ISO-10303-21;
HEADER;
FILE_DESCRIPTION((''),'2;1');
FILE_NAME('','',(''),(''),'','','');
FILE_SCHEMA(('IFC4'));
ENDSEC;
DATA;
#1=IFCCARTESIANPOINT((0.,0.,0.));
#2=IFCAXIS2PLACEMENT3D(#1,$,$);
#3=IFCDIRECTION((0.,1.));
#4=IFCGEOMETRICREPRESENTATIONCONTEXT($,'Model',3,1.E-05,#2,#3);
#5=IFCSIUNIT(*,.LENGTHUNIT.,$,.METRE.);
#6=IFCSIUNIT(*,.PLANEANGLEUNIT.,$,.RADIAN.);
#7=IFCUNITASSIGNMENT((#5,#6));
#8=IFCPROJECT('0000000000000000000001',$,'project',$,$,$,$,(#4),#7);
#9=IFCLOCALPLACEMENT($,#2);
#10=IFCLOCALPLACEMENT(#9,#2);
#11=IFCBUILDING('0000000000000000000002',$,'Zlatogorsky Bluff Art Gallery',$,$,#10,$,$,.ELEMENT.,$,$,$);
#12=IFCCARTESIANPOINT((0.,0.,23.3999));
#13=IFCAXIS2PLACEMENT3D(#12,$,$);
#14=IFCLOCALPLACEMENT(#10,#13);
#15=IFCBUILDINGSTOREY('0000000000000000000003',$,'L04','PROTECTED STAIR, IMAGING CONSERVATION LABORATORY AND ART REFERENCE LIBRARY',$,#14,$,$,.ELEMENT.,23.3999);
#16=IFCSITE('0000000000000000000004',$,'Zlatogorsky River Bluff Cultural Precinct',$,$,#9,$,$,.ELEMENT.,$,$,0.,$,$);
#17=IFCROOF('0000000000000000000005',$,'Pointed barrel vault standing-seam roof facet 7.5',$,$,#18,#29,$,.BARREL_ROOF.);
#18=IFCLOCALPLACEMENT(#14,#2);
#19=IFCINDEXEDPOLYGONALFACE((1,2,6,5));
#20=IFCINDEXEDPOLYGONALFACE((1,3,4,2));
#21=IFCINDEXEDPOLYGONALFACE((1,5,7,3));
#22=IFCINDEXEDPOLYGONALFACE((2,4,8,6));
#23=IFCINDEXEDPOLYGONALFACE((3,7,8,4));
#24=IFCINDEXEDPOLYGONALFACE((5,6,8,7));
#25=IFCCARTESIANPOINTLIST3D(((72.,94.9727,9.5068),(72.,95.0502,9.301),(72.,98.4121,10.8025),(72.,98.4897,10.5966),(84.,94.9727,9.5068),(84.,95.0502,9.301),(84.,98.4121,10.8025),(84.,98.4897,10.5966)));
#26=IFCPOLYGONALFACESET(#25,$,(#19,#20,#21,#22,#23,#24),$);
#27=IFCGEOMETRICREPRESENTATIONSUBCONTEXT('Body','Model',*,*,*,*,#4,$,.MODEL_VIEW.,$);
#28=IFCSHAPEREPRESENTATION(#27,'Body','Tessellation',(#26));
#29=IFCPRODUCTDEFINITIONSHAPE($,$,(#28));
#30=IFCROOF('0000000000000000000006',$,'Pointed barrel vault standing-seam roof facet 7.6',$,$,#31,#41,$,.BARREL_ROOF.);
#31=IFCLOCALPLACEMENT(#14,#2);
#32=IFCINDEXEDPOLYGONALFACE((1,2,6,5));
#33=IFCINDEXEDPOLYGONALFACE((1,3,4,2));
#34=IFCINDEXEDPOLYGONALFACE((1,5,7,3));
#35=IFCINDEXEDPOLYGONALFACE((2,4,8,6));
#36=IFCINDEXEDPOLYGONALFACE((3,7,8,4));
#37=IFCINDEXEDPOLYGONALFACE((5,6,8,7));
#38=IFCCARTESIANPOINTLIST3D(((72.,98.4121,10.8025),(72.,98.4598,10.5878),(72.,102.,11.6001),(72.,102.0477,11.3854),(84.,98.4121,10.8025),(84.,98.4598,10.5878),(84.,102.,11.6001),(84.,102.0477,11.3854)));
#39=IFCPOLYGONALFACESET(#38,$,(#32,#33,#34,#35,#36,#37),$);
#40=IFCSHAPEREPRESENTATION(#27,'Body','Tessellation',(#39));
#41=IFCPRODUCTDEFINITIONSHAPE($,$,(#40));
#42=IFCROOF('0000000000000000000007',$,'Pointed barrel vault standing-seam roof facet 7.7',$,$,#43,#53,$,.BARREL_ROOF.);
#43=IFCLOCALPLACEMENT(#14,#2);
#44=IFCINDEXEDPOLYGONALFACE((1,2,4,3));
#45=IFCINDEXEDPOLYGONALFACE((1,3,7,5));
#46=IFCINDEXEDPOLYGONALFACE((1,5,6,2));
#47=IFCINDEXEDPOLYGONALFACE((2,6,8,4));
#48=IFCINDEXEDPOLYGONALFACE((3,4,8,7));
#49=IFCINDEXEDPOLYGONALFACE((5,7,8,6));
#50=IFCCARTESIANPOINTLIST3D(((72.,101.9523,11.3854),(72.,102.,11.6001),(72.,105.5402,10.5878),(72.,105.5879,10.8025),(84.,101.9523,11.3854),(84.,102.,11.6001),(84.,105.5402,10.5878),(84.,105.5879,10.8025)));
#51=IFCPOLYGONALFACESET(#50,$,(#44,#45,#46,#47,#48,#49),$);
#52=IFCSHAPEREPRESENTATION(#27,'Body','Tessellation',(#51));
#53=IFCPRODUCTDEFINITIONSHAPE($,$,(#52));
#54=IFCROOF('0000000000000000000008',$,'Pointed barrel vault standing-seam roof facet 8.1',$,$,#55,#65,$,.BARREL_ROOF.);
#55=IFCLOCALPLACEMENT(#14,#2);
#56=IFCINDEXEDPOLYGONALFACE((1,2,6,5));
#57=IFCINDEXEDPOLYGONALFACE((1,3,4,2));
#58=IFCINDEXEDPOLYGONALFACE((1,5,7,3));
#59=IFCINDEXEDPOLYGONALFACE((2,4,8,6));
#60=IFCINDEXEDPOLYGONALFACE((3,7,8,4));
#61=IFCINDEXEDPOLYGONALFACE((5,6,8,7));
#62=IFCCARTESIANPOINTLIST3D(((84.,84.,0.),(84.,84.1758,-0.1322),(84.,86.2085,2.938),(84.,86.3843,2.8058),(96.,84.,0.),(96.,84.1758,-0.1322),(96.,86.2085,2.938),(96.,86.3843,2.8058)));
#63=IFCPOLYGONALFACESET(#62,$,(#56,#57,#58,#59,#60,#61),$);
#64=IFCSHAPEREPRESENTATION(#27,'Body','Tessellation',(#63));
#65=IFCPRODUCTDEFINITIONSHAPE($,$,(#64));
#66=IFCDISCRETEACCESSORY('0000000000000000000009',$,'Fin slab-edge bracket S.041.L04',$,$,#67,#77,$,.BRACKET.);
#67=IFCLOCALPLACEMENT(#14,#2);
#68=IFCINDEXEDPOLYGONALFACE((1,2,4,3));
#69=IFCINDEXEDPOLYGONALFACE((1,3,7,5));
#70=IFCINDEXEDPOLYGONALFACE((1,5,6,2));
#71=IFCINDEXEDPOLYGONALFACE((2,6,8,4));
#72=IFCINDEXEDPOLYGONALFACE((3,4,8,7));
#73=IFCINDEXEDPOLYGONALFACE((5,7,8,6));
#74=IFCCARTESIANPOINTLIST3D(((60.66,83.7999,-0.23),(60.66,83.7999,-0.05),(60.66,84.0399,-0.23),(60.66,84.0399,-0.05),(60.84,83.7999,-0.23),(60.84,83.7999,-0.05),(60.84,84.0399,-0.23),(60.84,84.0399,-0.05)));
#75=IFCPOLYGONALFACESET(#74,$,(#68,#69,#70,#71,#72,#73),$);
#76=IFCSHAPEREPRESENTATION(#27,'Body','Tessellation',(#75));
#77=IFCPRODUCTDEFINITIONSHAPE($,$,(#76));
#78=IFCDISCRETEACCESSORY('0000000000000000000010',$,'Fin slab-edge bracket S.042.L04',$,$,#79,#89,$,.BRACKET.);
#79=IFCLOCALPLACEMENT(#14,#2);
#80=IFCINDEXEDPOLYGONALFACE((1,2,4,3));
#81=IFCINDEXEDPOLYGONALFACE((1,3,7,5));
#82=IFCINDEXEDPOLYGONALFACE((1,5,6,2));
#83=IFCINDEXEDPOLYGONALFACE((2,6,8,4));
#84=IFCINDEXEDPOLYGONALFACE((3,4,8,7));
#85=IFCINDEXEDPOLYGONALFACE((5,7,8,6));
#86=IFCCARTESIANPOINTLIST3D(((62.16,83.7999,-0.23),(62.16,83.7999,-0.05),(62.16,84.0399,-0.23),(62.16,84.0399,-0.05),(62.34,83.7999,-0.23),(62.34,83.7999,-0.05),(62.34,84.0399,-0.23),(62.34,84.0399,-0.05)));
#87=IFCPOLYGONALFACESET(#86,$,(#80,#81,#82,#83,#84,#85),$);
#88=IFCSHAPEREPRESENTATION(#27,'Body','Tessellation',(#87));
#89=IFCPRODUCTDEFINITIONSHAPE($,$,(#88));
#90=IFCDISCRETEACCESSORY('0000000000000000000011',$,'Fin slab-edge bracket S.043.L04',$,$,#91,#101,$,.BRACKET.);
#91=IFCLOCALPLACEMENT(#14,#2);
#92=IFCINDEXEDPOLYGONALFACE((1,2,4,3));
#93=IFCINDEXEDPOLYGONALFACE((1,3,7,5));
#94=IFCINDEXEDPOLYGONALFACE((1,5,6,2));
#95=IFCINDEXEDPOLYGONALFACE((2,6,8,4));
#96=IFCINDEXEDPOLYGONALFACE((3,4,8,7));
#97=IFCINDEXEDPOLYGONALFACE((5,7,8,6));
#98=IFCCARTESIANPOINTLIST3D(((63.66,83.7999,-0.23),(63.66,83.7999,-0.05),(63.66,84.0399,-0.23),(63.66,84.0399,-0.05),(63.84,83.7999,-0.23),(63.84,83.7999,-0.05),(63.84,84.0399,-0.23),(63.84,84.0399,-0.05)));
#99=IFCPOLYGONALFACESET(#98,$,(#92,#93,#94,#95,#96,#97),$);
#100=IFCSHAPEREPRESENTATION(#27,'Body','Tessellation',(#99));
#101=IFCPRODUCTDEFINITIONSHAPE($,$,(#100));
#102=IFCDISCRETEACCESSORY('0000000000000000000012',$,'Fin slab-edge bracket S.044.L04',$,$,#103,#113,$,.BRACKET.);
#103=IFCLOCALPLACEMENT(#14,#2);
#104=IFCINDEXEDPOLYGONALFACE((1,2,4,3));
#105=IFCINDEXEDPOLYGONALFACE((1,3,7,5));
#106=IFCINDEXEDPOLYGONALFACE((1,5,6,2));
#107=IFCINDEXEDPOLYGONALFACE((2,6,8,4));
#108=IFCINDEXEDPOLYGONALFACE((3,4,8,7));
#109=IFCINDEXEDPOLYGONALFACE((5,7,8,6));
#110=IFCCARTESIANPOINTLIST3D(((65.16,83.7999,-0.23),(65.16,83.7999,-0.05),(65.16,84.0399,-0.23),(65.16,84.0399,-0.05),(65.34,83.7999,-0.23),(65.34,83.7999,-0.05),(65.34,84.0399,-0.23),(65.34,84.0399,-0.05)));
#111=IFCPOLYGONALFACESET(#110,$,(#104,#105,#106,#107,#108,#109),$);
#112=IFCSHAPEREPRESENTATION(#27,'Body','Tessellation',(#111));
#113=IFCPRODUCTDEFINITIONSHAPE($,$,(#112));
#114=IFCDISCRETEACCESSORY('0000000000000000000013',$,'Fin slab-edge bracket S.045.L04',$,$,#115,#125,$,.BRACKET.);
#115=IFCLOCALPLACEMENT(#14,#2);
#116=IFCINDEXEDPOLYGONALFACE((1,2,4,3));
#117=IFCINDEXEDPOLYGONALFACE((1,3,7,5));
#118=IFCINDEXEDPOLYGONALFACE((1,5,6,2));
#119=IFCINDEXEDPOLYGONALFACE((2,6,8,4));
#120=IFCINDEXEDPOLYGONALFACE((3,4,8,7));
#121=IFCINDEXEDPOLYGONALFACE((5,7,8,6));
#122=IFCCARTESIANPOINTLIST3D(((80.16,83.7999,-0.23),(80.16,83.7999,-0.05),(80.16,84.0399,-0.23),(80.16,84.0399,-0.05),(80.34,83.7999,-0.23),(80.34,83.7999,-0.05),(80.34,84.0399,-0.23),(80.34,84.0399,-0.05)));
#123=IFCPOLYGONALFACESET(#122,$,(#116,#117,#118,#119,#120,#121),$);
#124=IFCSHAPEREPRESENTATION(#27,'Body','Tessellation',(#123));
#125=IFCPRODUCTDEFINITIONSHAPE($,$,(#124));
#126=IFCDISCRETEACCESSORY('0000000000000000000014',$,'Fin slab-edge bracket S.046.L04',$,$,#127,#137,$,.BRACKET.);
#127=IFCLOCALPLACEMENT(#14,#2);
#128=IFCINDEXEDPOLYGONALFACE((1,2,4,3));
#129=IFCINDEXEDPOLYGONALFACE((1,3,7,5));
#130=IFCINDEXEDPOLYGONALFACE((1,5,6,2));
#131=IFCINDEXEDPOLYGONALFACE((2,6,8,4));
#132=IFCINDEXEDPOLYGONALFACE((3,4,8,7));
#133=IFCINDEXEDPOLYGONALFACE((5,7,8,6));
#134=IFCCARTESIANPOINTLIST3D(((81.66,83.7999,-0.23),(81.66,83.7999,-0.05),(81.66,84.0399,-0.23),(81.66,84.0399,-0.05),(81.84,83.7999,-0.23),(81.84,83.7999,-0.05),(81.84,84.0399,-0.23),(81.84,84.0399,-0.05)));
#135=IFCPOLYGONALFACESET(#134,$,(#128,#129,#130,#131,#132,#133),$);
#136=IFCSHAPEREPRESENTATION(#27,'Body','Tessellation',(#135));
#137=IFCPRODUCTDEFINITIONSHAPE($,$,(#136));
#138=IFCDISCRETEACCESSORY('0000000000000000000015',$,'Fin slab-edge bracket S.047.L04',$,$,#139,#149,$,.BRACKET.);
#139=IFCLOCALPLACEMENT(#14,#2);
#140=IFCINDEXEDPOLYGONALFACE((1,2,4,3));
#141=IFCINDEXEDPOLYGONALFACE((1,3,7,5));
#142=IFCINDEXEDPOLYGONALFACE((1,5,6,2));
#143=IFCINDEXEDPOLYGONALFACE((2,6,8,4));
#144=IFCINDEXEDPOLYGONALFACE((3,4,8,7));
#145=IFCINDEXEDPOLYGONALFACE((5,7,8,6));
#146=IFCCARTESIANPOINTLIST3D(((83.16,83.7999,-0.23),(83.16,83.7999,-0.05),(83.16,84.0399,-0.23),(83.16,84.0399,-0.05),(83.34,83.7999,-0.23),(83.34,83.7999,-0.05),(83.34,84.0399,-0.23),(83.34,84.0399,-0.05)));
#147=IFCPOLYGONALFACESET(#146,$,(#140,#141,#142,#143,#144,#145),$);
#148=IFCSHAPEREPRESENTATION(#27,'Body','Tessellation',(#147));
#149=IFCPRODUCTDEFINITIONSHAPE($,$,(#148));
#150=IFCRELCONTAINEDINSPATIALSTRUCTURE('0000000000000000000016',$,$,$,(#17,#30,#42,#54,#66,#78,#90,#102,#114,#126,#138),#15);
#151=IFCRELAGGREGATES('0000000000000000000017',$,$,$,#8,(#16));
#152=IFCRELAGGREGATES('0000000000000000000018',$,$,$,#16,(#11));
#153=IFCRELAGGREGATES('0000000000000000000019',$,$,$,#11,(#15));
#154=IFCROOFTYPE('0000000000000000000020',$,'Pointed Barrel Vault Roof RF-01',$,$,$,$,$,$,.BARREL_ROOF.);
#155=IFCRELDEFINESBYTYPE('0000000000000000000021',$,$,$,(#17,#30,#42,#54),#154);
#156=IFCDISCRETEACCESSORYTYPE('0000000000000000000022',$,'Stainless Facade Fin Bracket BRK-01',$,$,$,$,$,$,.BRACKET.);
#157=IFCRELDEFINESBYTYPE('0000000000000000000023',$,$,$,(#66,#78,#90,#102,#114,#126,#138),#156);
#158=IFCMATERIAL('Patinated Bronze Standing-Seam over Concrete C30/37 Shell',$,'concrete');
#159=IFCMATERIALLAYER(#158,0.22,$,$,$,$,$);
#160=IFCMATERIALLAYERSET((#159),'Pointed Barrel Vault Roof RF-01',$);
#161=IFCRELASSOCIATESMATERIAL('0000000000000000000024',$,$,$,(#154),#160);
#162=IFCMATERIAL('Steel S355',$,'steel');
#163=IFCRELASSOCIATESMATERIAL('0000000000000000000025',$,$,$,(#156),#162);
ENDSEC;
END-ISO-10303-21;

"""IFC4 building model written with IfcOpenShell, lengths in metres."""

from ifc_helpers import new_model, si_unit, direction, frame, origin, origin_2d, place, context, subcontext, project, spatial, polyline, rectangle, outline, extrude, material, layer, layer_set, type_object, element, save


model = new_model("IFC4")

# Units and contexts
model_context = context("Model", 3, precision=1e-05, world=origin(), true_north=direction((0.0, 1.0)))
body_context = subcontext(model_context, "Body", "Model", "MODEL_VIEW")
ifc_project = project(units=[si_unit("LENGTHUNIT", "METRE"), si_unit("PLANEANGLEUNIT", "RADIAN")], contexts=[model_context])

# Site, building, storey
site_placement = place(None, origin())
site = spatial("IfcSite", under=ifc_project, at=site_placement, Name="Zlatogorsky River Bluff Cultural Precinct", CompositionType="ELEMENT", RefElevation=0.0)
building_placement = place(site_placement, origin())
building = spatial("IfcBuilding", under=site, at=building_placement, Name="Zlatogorsky Bluff Art Gallery", CompositionType="ELEMENT")
storey_placement = place(building_placement, frame((0.0, 0.0, 23.3999)))
storey = spatial("IfcBuildingStorey", under=building, at=storey_placement, Name="L04", Description="PROTECTED STAIR, IMAGING CONSERVATION LABORATORY AND ART REFERENCE LIBRARY", CompositionType="ELEMENT", Elevation=23.3999)

# Shared definitions
ifc_material_1 = material(Name="Steel S355", Category="steel")

# Roofs
ifc_material_2 = material(Name="Patinated Bronze Standing-Seam over Concrete C30/37 Shell", Category="concrete")
ifc_layer_1 = layer(ifc_material_2, 0.22)
ifc_layer_set_1 = layer_set([ifc_layer_1], Name="Pointed Barrel Vault Roof RF-01")
roof_type = type_object("IfcRoofType", Name="Pointed Barrel Vault Roof RF-01", PredefinedType="BARREL_ROOF", material=ifc_layer_set_1)
roof_1_placement = place(storey_placement, frame((72.0, 94.9727, 9.5068), z_axis=(0.0, -0.352521, 0.935804), x_axis=(1.0, 0.0, 0.0)))
element("IfcRoof", 1, at=roof_1_placement, inside=storey, type_object=roof_type, Name="Pointed barrel vault standing-seam roof facet 7.5", PredefinedType="BARREL_ROOF", context=body_context, shape_type="SweptSolid", body=[
    extrude(outline(polyline([(0.0, 0.0), (12.0, 0.0), (12.0, 3.6754), (0.0, 3.6754), (0.0, 0.0)])), origin(), (0.0, 0.0, -1.0), 0.22),
])
for number, where, z_axis, x_axis, name in (
    (2, (72.0, 98.4121, 10.8025), (0.0, -0.217008, 0.97617), (1.0, 0.0, 0.0), "Pointed barrel vault standing-seam roof facet 7.6"),
    (3, (72.0, 102.0, 11.6001), (0.0, 0.217008, 0.97617), (1.0, 0.0, 0.0), "Pointed barrel vault standing-seam roof facet 7.7"),
):
    element("IfcRoof", number, at=place(storey_placement, frame(where, z_axis=z_axis, x_axis=x_axis)), inside=storey, type_object=roof_type, Name=name, PredefinedType="BARREL_ROOF", context=body_context, shape_type="SweptSolid", body=[
        extrude(outline(polyline([(0.0, 0.0), (12.0, 0.0), (12.0, 3.6755), (0.0, 3.6755), (0.0, 0.0)])), origin(), (0.0, 0.0, -1.0), 0.22),
    ])
roof_2_placement = place(storey_placement, frame((84.0, 84.0, 0.0), z_axis=(0.0, -0.799346, 0.600871), x_axis=(1.0, 0.0, 0.0)))
element("IfcRoof", 4, at=roof_2_placement, inside=storey, type_object=roof_type, Name="Pointed barrel vault standing-seam roof facet 8.1", PredefinedType="BARREL_ROOF", context=body_context, shape_type="SweptSolid", body=[
    extrude(outline(polyline([(0.0, 0.0), (12.0, 0.0), (12.0, 3.6755), (0.0, 3.6755), (0.0, 0.0)])), origin(), (0.0, 0.0, -1.0), 0.22),
])

# Discrete accessories
discrete_accessory_type = type_object("IfcDiscreteAccessoryType", Name="Stainless Facade Fin Bracket BRK-01", PredefinedType="BRACKET", material=ifc_material_1)
for number, where, z_axis, x_axis, name in (
    (5, (60.75, 83.9199, -0.23), (0.0, 0.0, 1.0), (1.0, 0.0, 0.0), "Fin slab-edge bracket S.041.L04"),
    (6, (62.25, 83.9199, -0.23), (0.0, 0.0, 1.0), (1.0, 0.0, 0.0), "Fin slab-edge bracket S.042.L04"),
    (7, (63.75, 83.9199, -0.23), (0.0, 0.0, 1.0), (1.0, 0.0, 0.0), "Fin slab-edge bracket S.043.L04"),
    (8, (65.25, 83.9199, -0.23), (0.0, 0.0, 1.0), (1.0, 0.0, 0.0), "Fin slab-edge bracket S.044.L04"),
    (9, (80.25, 83.9199, -0.23), (0.0, 0.0, 1.0), (1.0, 0.0, 0.0), "Fin slab-edge bracket S.045.L04"),
    (10, (81.75, 83.9199, -0.23), (0.0, 0.0, 1.0), (1.0, 0.0, 0.0), "Fin slab-edge bracket S.046.L04"),
    (11, (83.25, 83.9199, -0.23), (0.0, 0.0, 1.0), (1.0, 0.0, 0.0), "Fin slab-edge bracket S.047.L04"),
):
    element("IfcDiscreteAccessory", number, at=place(storey_placement, frame(where, z_axis=z_axis, x_axis=x_axis)), inside=storey, type_object=discrete_accessory_type, Name=name, PredefinedType="BRACKET", context=body_context, shape_type="SweptSolid", body=[
        extrude(rectangle(XDim=0.1799, YDim=0.24, at=origin_2d()), origin(), (0.0, 0.0, 1.0), 0.1799),
    ])

save(model, "model.ifc")
